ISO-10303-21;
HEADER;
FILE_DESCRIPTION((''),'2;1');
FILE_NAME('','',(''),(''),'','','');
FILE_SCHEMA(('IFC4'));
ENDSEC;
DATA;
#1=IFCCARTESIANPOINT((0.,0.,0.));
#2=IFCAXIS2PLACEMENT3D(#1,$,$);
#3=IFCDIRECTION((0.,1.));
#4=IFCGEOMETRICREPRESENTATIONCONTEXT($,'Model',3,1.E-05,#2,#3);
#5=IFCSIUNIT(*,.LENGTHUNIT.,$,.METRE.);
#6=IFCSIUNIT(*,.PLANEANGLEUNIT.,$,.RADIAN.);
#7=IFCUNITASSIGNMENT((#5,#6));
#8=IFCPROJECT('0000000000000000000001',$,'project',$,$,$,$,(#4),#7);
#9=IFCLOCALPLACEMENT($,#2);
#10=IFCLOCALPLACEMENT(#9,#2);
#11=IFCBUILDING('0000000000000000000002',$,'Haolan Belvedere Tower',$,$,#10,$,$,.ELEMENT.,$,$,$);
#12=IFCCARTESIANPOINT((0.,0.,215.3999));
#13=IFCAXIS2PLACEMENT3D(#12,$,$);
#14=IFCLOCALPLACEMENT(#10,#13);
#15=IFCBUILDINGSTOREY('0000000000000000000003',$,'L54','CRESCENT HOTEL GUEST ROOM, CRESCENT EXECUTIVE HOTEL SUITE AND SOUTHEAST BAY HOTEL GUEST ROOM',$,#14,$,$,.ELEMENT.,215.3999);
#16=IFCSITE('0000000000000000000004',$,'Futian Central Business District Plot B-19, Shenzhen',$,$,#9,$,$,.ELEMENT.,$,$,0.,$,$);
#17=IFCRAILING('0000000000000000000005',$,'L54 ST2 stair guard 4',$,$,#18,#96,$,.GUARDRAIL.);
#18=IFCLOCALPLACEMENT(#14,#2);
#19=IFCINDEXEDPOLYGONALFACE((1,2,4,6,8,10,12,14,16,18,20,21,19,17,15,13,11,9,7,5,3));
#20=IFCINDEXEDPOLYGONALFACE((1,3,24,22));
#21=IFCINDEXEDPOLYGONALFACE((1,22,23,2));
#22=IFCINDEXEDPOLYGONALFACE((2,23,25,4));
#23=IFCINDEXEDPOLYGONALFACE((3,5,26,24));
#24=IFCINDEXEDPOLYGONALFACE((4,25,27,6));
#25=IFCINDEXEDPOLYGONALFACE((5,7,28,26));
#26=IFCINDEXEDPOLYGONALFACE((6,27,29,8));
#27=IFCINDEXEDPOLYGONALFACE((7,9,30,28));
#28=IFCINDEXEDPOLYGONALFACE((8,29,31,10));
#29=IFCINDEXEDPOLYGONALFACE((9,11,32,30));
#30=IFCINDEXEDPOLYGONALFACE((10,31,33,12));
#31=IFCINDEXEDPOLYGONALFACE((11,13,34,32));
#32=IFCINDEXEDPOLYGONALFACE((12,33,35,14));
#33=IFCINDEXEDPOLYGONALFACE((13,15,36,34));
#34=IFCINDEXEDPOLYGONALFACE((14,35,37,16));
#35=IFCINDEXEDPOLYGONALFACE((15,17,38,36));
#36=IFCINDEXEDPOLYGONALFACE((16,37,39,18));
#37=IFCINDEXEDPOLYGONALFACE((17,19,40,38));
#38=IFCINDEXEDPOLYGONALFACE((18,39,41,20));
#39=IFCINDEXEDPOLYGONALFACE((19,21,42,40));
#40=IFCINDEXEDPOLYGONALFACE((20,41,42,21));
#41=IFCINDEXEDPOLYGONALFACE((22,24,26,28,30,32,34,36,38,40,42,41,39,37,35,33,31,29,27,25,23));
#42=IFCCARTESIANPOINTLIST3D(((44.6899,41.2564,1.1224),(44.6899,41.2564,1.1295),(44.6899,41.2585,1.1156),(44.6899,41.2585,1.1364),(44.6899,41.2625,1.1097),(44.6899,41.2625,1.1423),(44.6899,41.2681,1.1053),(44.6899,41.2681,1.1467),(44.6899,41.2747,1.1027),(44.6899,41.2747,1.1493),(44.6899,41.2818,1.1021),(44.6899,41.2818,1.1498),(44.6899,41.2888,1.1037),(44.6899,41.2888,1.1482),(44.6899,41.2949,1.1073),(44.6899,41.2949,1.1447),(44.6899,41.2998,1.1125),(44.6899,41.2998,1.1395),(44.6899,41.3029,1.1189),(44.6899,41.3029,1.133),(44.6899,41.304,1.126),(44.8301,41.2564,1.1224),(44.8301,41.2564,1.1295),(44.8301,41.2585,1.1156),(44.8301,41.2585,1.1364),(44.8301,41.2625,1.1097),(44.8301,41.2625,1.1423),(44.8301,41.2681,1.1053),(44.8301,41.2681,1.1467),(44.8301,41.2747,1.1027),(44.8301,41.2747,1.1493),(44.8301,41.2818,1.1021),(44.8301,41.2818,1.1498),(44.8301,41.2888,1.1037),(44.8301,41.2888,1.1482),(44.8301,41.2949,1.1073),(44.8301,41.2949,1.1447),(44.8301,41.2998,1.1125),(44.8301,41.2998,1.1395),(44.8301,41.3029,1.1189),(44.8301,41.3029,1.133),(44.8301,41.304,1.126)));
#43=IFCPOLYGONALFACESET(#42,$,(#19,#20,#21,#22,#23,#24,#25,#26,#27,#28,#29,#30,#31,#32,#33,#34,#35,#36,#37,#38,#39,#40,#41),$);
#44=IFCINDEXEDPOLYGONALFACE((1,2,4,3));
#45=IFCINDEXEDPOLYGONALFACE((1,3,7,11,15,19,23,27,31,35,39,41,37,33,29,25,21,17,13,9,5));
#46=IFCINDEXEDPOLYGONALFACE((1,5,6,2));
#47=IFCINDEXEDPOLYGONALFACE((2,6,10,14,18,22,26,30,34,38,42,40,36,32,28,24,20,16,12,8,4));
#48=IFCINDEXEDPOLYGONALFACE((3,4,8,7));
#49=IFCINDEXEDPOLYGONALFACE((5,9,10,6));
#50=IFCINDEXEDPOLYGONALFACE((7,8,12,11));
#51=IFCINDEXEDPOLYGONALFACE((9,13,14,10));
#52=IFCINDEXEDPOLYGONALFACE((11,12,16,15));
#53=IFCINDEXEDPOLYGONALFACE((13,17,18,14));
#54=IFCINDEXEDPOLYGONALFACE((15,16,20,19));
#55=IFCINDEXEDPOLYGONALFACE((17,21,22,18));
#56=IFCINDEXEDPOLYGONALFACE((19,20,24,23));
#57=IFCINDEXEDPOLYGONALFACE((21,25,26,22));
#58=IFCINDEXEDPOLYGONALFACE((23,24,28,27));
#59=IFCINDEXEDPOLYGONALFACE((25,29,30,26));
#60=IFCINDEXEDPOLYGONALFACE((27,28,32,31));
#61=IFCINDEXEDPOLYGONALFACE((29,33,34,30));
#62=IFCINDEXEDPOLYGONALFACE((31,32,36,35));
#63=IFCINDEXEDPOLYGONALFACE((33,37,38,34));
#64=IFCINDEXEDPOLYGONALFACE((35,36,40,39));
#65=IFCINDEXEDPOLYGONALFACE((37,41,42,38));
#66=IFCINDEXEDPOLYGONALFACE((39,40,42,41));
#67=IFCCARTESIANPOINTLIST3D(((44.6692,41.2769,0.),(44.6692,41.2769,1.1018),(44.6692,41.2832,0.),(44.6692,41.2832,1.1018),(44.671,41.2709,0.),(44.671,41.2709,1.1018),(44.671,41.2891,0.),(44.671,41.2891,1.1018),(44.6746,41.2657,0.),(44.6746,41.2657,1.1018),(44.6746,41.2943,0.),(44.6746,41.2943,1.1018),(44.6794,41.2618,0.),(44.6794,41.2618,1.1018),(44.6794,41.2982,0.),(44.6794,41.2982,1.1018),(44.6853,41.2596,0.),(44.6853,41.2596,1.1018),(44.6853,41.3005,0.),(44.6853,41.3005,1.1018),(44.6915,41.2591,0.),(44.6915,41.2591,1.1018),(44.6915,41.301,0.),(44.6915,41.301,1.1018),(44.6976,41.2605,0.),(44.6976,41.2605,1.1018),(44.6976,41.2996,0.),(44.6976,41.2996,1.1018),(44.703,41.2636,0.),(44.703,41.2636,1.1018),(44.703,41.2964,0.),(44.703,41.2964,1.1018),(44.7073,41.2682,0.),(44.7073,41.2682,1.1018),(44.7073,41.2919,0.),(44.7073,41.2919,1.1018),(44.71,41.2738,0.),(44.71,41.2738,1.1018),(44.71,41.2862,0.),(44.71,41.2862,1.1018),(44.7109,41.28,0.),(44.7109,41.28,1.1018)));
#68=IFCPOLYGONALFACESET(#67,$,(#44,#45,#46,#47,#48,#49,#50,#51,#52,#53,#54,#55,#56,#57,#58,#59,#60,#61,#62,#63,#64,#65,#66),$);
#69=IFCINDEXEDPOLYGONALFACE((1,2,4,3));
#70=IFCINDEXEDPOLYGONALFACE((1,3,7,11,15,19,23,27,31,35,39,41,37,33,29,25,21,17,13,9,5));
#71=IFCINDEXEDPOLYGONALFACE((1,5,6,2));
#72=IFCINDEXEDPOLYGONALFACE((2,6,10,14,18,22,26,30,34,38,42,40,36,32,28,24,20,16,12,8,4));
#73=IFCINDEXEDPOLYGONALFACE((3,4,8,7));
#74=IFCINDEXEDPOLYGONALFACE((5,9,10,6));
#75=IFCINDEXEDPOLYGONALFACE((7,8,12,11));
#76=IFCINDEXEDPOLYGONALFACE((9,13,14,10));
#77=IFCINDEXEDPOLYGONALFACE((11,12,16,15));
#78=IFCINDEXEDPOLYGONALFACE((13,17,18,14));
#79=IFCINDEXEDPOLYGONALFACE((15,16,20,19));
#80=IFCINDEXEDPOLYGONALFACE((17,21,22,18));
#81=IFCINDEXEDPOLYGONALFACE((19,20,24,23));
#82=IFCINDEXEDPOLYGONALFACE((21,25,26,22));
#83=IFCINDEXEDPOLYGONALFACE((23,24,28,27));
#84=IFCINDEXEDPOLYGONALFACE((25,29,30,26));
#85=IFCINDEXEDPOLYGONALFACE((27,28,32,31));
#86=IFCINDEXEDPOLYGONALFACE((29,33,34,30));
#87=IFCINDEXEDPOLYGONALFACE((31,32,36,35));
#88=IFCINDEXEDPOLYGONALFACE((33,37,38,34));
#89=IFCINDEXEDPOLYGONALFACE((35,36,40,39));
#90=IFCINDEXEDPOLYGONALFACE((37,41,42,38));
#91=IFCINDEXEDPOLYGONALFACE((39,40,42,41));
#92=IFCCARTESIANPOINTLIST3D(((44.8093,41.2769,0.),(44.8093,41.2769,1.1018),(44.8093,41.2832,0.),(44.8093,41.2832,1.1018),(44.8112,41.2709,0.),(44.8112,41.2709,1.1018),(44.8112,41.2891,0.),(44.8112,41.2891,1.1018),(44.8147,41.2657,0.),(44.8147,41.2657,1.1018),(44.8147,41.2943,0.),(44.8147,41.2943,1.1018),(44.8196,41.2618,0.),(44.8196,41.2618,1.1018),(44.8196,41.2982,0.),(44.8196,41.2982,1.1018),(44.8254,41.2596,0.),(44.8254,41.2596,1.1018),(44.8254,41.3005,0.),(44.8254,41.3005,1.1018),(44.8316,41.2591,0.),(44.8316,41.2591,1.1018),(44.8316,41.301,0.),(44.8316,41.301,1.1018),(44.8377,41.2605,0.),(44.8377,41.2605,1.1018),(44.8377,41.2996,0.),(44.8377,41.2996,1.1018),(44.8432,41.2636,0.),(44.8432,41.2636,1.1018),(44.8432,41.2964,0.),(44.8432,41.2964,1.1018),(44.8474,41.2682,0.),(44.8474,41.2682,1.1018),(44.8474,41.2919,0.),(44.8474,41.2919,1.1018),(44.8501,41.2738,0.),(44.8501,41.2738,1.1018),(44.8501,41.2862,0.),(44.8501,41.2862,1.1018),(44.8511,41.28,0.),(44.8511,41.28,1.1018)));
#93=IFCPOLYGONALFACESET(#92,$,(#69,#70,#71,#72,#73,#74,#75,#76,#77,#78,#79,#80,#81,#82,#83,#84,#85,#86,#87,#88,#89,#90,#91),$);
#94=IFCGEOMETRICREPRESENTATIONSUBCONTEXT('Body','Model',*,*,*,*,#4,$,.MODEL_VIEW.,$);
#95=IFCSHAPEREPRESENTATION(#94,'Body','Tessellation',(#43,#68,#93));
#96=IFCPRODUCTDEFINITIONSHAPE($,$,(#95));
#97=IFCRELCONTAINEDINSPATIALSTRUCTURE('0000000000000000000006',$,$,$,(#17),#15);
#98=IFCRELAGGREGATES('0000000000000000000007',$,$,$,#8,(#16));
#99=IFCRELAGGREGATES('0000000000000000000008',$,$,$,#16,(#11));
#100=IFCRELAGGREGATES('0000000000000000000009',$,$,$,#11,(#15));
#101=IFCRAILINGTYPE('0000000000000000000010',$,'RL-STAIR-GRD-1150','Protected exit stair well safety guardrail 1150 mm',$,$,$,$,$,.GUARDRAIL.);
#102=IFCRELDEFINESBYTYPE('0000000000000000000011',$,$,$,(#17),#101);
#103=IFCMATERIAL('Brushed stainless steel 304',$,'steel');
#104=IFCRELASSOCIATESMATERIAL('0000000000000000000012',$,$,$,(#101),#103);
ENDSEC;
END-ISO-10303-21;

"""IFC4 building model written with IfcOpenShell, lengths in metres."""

from ifc_helpers import new_model, si_unit, direction, frame, origin, origin_2d, place, context, subcontext, project, spatial, circle, extrude, material, type_object, element, save


model = new_model("IFC4")

# Units and contexts
model_context = context("Model", 3, precision=1e-05, world=origin(), true_north=direction((0.0, 1.0)))
body_context = subcontext(model_context, "Body", "Model", "MODEL_VIEW")
ifc_project = project(units=[si_unit("LENGTHUNIT", "METRE"), si_unit("PLANEANGLEUNIT", "RADIAN")], contexts=[model_context])

# Site, building, storey
site_placement = place(None, origin())
site = spatial("IfcSite", under=ifc_project, at=site_placement, Name="Futian Central Business District Plot B-19, Shenzhen", CompositionType="ELEMENT", RefElevation=0.0)
building_placement = place(site_placement, origin())
building = spatial("IfcBuilding", under=site, at=building_placement, Name="Haolan Belvedere Tower", CompositionType="ELEMENT")
storey_placement = place(building_placement, frame((0.0, 0.0, 215.3999)))
storey = spatial("IfcBuildingStorey", under=building, at=storey_placement, Name="L54", Description="CRESCENT HOTEL GUEST ROOM, CRESCENT EXECUTIVE HOTEL SUITE AND SOUTHEAST BAY HOTEL GUEST ROOM", CompositionType="ELEMENT", Elevation=215.3999)

# Railing
ifc_material_1 = material(Name="Brushed stainless steel 304", Category="steel")
railing_type_1 = type_object("IfcRailingType", Name="RL-STAIR-GRD-1150", Description="Protected exit stair well safety guardrail 1150 mm", PredefinedType="GUARDRAIL", material=ifc_material_1)
railing_1_placement = place(storey_placement, frame((44.6899, 41.28, 0.0)))
element("IfcRailing", 1, at=railing_1_placement, inside=storey, type_object=railing_type_1, Name="L54 ST2 stair guard 4", PredefinedType="GUARDRAIL", context=body_context, shape_type="SweptSolid", body=[
    extrude(circle(Radius=0.0239, at=origin_2d()), frame((0.0, 0.0, 1.126), z_axis=(1.0, 0.0, 0.0), x_axis=(0.0, 1.0, 0.0)), (0.0, 0.0, 1.0), 0.1401),
    extrude(circle(Radius=0.021, at=origin_2d()), origin(), (0.0, 0.0, 1.0), 1.1018),
    extrude(circle(Radius=0.021, at=origin_2d()), frame((0.1401, 0.0, 0.0)), (0.0, 0.0, 1.0), 1.1018),
])

save(model, "model.ifc")
